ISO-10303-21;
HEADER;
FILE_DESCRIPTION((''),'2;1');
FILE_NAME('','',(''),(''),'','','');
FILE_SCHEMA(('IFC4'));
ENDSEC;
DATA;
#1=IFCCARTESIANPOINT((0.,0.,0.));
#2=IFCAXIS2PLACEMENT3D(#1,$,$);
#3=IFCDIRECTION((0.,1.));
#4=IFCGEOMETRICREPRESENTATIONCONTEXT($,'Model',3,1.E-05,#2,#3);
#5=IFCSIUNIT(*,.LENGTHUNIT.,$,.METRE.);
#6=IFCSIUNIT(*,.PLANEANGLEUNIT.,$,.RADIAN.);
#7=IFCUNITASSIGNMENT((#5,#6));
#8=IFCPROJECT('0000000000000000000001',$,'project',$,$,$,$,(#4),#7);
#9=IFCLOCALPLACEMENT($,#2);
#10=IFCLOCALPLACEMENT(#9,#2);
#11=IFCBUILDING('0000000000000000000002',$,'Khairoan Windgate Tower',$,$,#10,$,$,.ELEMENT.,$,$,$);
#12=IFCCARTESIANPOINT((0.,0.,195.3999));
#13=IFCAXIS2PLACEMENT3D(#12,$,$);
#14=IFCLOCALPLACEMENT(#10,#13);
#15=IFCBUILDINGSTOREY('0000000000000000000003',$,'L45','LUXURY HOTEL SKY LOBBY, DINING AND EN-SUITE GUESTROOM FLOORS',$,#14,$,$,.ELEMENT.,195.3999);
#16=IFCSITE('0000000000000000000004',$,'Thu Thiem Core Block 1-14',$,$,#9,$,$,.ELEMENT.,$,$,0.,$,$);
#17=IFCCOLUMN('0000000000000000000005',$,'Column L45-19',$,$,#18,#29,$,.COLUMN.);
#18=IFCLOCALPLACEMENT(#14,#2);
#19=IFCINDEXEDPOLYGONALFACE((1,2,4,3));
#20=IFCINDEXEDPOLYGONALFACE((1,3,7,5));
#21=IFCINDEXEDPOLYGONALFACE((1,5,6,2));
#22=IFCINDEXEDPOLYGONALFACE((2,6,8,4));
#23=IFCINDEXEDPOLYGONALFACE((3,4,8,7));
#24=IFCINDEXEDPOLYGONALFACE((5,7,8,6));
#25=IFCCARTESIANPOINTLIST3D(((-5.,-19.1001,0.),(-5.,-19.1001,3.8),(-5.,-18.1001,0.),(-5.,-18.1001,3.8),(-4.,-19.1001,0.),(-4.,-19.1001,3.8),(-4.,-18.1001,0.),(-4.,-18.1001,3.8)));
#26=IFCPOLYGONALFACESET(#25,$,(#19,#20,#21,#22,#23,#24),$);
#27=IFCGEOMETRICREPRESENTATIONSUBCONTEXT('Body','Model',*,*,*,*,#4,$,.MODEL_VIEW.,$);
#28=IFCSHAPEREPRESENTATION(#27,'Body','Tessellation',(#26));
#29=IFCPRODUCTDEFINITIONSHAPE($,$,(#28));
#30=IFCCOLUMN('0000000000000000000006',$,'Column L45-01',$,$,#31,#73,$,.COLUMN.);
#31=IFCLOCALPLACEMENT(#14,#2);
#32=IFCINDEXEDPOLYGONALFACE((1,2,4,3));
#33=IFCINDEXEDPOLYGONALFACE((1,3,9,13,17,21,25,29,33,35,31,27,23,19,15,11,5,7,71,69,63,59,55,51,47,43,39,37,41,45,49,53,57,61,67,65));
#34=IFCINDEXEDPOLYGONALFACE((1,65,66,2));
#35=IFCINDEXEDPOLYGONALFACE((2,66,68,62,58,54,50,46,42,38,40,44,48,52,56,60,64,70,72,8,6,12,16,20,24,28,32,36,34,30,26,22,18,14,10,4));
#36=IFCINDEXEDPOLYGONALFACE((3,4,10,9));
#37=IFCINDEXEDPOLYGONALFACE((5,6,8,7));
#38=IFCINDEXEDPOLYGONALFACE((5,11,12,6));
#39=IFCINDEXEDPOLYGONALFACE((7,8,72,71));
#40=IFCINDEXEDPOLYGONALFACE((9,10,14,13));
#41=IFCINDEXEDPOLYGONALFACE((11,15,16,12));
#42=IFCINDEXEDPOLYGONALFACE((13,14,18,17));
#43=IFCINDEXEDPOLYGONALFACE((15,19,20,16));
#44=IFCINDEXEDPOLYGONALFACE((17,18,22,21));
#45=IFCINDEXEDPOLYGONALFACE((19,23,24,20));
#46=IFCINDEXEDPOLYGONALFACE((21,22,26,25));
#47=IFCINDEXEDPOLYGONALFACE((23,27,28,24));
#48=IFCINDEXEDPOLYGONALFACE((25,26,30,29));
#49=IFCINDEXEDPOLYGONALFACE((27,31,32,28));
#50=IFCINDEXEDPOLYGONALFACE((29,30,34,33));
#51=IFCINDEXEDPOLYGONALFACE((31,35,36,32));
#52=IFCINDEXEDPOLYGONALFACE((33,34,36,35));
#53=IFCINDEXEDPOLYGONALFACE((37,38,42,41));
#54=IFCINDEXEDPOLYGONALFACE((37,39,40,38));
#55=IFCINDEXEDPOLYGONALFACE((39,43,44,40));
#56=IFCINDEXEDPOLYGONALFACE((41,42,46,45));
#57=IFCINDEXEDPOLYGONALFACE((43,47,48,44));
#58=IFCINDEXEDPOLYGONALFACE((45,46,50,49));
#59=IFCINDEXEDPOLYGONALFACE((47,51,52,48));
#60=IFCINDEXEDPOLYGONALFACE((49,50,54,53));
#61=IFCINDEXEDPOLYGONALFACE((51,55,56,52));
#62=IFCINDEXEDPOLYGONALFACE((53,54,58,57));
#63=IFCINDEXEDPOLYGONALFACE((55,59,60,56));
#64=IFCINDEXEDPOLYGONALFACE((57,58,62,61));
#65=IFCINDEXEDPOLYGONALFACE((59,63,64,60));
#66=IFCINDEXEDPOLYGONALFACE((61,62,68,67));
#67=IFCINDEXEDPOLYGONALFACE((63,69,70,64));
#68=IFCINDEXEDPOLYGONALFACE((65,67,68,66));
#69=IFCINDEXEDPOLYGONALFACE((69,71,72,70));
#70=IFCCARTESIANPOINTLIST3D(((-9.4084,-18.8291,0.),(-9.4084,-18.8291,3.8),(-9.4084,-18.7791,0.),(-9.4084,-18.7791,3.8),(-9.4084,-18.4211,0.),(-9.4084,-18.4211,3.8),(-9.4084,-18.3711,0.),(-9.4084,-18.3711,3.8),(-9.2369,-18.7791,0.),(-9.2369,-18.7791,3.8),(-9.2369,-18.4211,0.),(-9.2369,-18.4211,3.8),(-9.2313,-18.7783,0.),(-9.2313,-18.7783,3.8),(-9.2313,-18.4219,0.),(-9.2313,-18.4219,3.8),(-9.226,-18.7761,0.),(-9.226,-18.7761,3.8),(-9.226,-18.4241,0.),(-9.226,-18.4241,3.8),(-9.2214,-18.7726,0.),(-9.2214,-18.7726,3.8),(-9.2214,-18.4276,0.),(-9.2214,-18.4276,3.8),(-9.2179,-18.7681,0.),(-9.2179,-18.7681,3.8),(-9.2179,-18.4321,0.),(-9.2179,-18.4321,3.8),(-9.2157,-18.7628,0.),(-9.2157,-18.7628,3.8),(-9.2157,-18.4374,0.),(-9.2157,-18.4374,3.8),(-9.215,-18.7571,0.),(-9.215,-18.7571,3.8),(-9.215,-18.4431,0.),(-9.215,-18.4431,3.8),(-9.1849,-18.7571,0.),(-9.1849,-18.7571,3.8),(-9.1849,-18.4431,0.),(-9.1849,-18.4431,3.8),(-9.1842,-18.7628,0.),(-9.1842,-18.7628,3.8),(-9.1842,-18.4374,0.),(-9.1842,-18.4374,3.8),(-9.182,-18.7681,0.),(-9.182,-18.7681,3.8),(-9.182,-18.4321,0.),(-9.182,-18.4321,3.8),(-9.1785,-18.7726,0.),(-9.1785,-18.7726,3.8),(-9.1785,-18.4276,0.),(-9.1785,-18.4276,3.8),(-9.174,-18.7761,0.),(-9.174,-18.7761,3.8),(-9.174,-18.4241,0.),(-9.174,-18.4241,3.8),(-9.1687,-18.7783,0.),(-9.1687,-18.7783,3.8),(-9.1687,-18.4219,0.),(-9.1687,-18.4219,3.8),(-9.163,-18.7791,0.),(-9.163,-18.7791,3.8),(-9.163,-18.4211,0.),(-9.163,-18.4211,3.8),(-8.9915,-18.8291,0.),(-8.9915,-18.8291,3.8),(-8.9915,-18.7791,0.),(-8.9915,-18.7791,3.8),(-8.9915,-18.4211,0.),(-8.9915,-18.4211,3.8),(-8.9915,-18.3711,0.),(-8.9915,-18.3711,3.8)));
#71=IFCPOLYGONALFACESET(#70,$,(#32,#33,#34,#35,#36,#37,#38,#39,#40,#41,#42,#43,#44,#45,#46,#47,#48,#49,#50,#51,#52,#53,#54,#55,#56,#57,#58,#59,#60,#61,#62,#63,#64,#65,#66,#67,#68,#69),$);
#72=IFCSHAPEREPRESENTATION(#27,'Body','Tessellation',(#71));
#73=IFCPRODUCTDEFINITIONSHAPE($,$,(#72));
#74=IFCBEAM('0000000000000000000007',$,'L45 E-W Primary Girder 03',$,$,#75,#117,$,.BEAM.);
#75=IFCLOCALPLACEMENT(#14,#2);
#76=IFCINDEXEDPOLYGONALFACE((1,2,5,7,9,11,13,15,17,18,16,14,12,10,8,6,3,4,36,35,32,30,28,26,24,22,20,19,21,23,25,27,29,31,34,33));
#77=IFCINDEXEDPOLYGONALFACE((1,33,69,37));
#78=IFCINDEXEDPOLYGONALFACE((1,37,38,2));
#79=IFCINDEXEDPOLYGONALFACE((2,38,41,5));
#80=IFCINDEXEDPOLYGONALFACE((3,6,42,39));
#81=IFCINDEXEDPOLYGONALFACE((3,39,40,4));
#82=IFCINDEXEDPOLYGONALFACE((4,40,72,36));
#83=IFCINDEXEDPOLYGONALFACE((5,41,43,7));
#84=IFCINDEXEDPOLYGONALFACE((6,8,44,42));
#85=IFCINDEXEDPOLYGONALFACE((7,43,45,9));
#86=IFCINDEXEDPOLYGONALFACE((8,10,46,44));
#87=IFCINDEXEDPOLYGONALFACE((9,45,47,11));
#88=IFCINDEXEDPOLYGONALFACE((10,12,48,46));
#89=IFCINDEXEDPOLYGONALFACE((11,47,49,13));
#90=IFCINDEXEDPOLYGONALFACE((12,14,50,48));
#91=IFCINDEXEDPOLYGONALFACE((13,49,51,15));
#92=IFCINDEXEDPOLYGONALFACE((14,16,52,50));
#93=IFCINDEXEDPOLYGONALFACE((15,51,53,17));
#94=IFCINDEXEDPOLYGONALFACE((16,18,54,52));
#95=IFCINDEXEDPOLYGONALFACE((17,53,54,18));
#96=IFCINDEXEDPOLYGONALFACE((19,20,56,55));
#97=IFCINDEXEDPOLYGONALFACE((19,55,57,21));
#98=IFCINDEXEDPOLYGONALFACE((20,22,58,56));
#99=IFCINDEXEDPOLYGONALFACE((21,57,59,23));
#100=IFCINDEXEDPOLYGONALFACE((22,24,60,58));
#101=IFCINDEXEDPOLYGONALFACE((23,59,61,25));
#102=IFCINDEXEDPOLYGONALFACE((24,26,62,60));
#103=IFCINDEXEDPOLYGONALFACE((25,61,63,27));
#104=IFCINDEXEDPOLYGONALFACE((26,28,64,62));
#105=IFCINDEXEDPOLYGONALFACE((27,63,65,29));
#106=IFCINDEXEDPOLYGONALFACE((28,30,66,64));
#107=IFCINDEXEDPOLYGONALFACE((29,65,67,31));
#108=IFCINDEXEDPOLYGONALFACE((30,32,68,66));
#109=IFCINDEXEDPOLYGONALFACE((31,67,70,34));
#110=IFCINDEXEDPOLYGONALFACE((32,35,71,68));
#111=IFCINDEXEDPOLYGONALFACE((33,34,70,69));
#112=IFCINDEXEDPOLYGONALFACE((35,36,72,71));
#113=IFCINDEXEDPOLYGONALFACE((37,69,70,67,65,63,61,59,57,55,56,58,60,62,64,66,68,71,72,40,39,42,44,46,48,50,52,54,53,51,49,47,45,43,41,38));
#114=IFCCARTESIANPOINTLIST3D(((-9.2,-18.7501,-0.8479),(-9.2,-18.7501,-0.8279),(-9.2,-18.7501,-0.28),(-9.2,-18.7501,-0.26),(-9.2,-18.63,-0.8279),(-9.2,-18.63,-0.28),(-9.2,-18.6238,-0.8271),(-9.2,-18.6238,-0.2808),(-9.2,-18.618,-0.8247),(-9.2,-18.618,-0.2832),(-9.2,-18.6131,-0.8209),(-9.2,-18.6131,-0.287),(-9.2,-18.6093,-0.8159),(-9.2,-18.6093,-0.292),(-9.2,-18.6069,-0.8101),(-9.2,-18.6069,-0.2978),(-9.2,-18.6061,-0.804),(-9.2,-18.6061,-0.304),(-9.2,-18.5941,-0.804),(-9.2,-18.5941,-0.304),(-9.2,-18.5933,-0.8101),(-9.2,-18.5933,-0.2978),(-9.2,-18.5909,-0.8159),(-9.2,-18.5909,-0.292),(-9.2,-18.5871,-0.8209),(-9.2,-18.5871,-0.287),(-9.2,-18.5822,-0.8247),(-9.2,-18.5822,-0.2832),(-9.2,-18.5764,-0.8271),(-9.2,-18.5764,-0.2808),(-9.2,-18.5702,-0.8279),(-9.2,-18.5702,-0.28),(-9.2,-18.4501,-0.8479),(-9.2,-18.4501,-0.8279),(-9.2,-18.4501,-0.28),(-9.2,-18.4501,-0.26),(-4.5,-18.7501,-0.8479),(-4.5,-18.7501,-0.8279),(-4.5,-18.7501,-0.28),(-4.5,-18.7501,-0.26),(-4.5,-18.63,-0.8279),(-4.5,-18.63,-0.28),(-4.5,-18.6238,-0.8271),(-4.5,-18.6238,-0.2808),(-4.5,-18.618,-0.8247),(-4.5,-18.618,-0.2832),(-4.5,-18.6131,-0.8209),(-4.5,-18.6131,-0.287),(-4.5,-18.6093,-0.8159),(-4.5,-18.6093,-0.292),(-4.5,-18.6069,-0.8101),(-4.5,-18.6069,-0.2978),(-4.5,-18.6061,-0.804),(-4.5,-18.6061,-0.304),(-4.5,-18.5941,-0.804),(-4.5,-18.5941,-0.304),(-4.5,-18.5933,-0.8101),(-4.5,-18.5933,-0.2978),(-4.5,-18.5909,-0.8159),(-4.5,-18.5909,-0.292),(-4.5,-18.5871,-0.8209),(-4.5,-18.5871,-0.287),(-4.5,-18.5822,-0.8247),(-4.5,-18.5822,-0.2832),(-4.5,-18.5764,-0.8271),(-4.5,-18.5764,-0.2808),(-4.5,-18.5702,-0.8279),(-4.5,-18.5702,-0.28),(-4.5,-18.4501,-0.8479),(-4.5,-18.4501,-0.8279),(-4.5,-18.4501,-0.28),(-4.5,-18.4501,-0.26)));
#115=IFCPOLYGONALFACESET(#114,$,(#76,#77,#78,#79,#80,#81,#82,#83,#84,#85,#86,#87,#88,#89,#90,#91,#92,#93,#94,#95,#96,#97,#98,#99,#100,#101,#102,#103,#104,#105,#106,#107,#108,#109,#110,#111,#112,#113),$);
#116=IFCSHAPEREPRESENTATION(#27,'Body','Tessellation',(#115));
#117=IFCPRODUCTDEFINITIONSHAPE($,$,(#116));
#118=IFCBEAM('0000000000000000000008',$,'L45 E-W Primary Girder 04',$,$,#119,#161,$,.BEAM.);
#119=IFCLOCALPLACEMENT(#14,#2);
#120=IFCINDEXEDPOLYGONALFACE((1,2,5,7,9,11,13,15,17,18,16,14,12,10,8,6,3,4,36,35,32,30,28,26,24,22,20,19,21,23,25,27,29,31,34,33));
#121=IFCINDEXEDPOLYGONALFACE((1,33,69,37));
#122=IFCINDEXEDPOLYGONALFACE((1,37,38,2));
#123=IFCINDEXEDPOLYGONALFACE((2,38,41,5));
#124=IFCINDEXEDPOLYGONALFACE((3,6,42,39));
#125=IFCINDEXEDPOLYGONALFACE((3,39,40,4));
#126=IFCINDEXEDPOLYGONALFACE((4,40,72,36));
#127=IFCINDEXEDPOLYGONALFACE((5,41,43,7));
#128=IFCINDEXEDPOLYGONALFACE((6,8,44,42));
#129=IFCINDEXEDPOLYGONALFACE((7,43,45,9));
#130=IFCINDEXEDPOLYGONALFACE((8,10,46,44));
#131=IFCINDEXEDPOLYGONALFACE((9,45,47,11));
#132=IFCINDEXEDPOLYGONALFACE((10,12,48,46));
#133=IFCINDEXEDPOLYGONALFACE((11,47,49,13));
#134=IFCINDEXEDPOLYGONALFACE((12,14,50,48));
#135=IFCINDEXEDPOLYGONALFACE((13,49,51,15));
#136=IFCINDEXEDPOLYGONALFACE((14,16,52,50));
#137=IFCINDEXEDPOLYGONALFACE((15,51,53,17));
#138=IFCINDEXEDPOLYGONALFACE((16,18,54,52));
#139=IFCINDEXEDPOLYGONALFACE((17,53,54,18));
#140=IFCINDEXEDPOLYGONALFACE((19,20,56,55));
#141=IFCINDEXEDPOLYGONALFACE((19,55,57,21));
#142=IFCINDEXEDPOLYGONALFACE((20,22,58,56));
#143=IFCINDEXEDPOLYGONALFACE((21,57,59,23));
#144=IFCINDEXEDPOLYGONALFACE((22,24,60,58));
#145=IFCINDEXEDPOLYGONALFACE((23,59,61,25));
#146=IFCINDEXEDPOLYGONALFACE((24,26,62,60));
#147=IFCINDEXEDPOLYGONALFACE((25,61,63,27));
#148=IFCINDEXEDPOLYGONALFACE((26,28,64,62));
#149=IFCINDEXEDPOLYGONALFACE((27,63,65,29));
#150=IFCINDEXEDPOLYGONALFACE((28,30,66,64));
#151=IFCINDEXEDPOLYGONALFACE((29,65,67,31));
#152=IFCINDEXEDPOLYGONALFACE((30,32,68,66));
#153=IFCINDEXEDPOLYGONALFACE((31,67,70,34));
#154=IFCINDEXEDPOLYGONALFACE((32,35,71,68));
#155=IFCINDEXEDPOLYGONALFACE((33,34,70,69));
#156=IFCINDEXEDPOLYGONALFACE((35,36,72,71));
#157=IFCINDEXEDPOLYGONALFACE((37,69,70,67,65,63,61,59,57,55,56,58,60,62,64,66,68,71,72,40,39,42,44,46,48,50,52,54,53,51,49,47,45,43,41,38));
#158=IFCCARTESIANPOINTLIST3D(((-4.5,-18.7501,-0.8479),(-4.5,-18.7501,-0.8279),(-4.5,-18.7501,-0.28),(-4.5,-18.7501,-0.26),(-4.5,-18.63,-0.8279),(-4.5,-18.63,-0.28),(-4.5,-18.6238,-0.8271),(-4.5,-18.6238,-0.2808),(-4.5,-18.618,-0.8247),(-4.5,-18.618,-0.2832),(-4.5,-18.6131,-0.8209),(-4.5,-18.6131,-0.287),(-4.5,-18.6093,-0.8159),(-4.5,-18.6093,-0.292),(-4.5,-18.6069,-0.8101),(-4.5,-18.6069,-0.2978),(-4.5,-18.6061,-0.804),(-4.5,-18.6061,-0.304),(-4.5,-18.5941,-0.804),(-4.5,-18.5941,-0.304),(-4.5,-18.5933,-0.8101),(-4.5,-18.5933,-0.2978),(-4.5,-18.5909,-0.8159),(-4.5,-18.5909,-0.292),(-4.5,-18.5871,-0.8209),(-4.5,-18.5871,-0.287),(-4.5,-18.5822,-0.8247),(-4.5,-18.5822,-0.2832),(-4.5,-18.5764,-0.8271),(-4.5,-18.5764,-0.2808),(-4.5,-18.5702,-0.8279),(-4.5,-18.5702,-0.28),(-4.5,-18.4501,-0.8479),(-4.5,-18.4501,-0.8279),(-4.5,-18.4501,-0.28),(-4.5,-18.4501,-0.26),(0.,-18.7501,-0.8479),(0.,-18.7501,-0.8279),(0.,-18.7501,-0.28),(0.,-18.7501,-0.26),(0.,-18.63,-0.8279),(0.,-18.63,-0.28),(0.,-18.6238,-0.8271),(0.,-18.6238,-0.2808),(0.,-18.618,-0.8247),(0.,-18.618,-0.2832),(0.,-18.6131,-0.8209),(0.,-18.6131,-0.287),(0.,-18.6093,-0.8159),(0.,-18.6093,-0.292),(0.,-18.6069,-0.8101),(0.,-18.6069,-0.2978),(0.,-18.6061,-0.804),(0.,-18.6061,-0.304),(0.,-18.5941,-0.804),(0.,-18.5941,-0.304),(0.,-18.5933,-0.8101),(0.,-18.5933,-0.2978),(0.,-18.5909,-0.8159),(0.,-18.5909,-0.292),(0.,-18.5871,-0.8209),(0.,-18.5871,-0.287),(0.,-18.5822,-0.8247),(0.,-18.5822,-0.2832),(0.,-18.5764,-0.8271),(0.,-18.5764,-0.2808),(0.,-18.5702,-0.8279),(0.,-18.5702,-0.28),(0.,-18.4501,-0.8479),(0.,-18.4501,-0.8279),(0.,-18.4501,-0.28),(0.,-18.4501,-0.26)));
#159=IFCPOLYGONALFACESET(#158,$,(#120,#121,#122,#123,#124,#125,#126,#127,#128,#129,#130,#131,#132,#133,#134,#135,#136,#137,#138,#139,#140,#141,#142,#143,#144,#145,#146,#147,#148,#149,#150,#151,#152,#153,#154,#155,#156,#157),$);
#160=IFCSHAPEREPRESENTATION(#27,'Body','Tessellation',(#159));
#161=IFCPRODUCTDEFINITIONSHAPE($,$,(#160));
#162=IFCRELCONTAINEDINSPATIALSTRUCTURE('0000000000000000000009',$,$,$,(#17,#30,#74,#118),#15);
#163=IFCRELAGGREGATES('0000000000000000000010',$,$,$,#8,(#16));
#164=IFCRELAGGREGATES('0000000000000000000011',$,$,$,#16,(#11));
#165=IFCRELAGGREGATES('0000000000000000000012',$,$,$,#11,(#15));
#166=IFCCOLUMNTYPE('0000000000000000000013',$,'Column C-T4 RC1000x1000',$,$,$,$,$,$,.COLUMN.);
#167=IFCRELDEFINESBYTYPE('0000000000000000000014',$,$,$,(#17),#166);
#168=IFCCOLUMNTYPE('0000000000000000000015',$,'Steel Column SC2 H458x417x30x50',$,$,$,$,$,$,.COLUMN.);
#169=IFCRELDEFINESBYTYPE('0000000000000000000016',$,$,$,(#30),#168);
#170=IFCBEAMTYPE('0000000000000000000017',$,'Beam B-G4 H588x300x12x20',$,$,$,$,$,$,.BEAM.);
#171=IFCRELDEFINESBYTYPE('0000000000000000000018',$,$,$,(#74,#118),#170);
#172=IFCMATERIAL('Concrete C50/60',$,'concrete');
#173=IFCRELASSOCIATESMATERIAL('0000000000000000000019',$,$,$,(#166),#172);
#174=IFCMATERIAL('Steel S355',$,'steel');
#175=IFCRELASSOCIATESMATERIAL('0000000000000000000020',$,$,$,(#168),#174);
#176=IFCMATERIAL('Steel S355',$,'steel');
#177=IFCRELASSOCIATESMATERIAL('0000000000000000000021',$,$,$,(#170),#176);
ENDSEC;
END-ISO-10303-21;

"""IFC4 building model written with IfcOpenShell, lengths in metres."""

from ifc_helpers import new_model, si_unit, direction, frame, origin, origin_2d, place, context, subcontext, project, spatial, rectangle, i_section, extrude, material, material_profile, profile_set, type_object, element, save


model = new_model("IFC4")

# Units and contexts
model_context = context("Model", 3, precision=1e-05, world=origin(), true_north=direction((0.0, 1.0)))
body_context = subcontext(model_context, "Body", "Model", "MODEL_VIEW")
ifc_project = project(units=[si_unit("LENGTHUNIT", "METRE"), si_unit("PLANEANGLEUNIT", "RADIAN")], contexts=[model_context])

# Site, building, storey
site_placement = place(None, origin())
site = spatial("IfcSite", under=ifc_project, at=site_placement, Name="Thu Thiem Core Block 1-14", CompositionType="ELEMENT", RefElevation=0.0)
building_placement = place(site_placement, origin())
building = spatial("IfcBuilding", under=site, at=building_placement, Name="Khairoan Windgate Tower", CompositionType="ELEMENT")
storey_placement = place(building_placement, frame((0.0, 0.0, 195.3999)))
storey = spatial("IfcBuildingStorey", under=building, at=storey_placement, Name="L45", Description="LUXURY HOTEL SKY LOBBY, DINING AND EN-SUITE GUESTROOM FLOORS", CompositionType="ELEMENT", Elevation=195.3999)

# Columns
ifc_material_1 = material(Name="Concrete C50/60", Category="concrete")
ifc_material_profile_1 = material_profile(ifc_material_1, rectangle(XDim=1.0, YDim=1.0, at=origin_2d()))
ifc_profile_set_1 = profile_set([ifc_material_profile_1], Name="Concrete C50/60")
column_type_1 = type_object("IfcColumnType", Name="Column C-T4 RC1000x1000", PredefinedType="COLUMN", material=ifc_profile_set_1)
column_1_placement = place(storey_placement, frame((-4.5, -18.6001, 0.0), z_axis=(0.0, 0.0, 1.0), x_axis=(1.0, 0.0, 0.0)))
element("IfcColumn", 1, at=column_1_placement, inside=storey, type_object=column_type_1, Name="Column L45-19", PredefinedType="COLUMN", context=body_context, shape_type="SweptSolid", body=[
    extrude(rectangle(XDim=1.0, YDim=1.0, at=origin_2d()), origin(), (0.0, 0.0, 1.0), 3.8),
])
ifc_material_2 = material(Name="Steel S355", Category="steel")
ifc_material_profile_2 = material_profile(ifc_material_2, i_section(OverallWidth=0.417, OverallDepth=0.458, WebThickness=0.03, FlangeThickness=0.05, FilletRadius=0.022, at=origin_2d()))
ifc_profile_set_2 = profile_set([ifc_material_profile_2], Name="Steel S355")
column_type_2 = type_object("IfcColumnType", Name="Steel Column SC2 H458x417x30x50", PredefinedType="COLUMN", material=ifc_profile_set_2)
column_2_placement = place(storey_placement, frame((-9.2, -18.6001, 0.0), z_axis=(0.0, 0.0, 1.0), x_axis=(1.0, 0.0, 0.0)))
element("IfcColumn", 2, at=column_2_placement, inside=storey, type_object=column_type_2, Name="Column L45-01", PredefinedType="COLUMN", context=body_context, shape_type="SweptSolid", body=[
    extrude(i_section(OverallWidth=0.417, OverallDepth=0.458, WebThickness=0.03, FlangeThickness=0.05, FilletRadius=0.022, at=origin_2d()), origin(), (0.0, 0.0, 1.0), 3.8),
])

# Beams
ifc_material_3 = material(Name="Steel S355", Category="steel")
ifc_material_profile_3 = material_profile(ifc_material_3, i_section(OverallWidth=0.3, OverallDepth=0.5879, WebThickness=0.012, FlangeThickness=0.02, FilletRadius=0.0239, at=origin_2d()))
ifc_profile_set_3 = profile_set([ifc_material_profile_3], Name="Steel S355")
beam_type_1 = type_object("IfcBeamType", Name="Beam B-G4 H588x300x12x20", PredefinedType="BEAM", material=ifc_profile_set_3)
beam_1_placement = place(storey_placement, frame((-9.2, -18.6001, -0.554), z_axis=(1.0, 0.0, 0.0), x_axis=(0.0, 1.0, 0.0)))
element("IfcBeam", 3, at=beam_1_placement, inside=storey, type_object=beam_type_1, Name="L45 E-W Primary Girder 03", PredefinedType="BEAM", context=body_context, shape_type="SweptSolid", body=[
    extrude(i_section(OverallWidth=0.3, OverallDepth=0.5879, WebThickness=0.012, FlangeThickness=0.02, FilletRadius=0.0239, at=origin_2d()), origin(), (0.0, 0.0, 1.0), 4.7),
])
beam_2_placement = place(storey_placement, frame((-4.5, -18.6001, -0.554), z_axis=(1.0, 0.0, 0.0), x_axis=(0.0, 1.0, 0.0)))
element("IfcBeam", 4, at=beam_2_placement, inside=storey, type_object=beam_type_1, Name="L45 E-W Primary Girder 04", PredefinedType="BEAM", context=body_context, shape_type="SweptSolid", body=[
    extrude(i_section(OverallWidth=0.3, OverallDepth=0.5879, WebThickness=0.012, FlangeThickness=0.02, FilletRadius=0.0239, at=origin_2d()), origin(), (0.0, 0.0, 1.0), 4.5),
])

save(model, "model.ifc")
